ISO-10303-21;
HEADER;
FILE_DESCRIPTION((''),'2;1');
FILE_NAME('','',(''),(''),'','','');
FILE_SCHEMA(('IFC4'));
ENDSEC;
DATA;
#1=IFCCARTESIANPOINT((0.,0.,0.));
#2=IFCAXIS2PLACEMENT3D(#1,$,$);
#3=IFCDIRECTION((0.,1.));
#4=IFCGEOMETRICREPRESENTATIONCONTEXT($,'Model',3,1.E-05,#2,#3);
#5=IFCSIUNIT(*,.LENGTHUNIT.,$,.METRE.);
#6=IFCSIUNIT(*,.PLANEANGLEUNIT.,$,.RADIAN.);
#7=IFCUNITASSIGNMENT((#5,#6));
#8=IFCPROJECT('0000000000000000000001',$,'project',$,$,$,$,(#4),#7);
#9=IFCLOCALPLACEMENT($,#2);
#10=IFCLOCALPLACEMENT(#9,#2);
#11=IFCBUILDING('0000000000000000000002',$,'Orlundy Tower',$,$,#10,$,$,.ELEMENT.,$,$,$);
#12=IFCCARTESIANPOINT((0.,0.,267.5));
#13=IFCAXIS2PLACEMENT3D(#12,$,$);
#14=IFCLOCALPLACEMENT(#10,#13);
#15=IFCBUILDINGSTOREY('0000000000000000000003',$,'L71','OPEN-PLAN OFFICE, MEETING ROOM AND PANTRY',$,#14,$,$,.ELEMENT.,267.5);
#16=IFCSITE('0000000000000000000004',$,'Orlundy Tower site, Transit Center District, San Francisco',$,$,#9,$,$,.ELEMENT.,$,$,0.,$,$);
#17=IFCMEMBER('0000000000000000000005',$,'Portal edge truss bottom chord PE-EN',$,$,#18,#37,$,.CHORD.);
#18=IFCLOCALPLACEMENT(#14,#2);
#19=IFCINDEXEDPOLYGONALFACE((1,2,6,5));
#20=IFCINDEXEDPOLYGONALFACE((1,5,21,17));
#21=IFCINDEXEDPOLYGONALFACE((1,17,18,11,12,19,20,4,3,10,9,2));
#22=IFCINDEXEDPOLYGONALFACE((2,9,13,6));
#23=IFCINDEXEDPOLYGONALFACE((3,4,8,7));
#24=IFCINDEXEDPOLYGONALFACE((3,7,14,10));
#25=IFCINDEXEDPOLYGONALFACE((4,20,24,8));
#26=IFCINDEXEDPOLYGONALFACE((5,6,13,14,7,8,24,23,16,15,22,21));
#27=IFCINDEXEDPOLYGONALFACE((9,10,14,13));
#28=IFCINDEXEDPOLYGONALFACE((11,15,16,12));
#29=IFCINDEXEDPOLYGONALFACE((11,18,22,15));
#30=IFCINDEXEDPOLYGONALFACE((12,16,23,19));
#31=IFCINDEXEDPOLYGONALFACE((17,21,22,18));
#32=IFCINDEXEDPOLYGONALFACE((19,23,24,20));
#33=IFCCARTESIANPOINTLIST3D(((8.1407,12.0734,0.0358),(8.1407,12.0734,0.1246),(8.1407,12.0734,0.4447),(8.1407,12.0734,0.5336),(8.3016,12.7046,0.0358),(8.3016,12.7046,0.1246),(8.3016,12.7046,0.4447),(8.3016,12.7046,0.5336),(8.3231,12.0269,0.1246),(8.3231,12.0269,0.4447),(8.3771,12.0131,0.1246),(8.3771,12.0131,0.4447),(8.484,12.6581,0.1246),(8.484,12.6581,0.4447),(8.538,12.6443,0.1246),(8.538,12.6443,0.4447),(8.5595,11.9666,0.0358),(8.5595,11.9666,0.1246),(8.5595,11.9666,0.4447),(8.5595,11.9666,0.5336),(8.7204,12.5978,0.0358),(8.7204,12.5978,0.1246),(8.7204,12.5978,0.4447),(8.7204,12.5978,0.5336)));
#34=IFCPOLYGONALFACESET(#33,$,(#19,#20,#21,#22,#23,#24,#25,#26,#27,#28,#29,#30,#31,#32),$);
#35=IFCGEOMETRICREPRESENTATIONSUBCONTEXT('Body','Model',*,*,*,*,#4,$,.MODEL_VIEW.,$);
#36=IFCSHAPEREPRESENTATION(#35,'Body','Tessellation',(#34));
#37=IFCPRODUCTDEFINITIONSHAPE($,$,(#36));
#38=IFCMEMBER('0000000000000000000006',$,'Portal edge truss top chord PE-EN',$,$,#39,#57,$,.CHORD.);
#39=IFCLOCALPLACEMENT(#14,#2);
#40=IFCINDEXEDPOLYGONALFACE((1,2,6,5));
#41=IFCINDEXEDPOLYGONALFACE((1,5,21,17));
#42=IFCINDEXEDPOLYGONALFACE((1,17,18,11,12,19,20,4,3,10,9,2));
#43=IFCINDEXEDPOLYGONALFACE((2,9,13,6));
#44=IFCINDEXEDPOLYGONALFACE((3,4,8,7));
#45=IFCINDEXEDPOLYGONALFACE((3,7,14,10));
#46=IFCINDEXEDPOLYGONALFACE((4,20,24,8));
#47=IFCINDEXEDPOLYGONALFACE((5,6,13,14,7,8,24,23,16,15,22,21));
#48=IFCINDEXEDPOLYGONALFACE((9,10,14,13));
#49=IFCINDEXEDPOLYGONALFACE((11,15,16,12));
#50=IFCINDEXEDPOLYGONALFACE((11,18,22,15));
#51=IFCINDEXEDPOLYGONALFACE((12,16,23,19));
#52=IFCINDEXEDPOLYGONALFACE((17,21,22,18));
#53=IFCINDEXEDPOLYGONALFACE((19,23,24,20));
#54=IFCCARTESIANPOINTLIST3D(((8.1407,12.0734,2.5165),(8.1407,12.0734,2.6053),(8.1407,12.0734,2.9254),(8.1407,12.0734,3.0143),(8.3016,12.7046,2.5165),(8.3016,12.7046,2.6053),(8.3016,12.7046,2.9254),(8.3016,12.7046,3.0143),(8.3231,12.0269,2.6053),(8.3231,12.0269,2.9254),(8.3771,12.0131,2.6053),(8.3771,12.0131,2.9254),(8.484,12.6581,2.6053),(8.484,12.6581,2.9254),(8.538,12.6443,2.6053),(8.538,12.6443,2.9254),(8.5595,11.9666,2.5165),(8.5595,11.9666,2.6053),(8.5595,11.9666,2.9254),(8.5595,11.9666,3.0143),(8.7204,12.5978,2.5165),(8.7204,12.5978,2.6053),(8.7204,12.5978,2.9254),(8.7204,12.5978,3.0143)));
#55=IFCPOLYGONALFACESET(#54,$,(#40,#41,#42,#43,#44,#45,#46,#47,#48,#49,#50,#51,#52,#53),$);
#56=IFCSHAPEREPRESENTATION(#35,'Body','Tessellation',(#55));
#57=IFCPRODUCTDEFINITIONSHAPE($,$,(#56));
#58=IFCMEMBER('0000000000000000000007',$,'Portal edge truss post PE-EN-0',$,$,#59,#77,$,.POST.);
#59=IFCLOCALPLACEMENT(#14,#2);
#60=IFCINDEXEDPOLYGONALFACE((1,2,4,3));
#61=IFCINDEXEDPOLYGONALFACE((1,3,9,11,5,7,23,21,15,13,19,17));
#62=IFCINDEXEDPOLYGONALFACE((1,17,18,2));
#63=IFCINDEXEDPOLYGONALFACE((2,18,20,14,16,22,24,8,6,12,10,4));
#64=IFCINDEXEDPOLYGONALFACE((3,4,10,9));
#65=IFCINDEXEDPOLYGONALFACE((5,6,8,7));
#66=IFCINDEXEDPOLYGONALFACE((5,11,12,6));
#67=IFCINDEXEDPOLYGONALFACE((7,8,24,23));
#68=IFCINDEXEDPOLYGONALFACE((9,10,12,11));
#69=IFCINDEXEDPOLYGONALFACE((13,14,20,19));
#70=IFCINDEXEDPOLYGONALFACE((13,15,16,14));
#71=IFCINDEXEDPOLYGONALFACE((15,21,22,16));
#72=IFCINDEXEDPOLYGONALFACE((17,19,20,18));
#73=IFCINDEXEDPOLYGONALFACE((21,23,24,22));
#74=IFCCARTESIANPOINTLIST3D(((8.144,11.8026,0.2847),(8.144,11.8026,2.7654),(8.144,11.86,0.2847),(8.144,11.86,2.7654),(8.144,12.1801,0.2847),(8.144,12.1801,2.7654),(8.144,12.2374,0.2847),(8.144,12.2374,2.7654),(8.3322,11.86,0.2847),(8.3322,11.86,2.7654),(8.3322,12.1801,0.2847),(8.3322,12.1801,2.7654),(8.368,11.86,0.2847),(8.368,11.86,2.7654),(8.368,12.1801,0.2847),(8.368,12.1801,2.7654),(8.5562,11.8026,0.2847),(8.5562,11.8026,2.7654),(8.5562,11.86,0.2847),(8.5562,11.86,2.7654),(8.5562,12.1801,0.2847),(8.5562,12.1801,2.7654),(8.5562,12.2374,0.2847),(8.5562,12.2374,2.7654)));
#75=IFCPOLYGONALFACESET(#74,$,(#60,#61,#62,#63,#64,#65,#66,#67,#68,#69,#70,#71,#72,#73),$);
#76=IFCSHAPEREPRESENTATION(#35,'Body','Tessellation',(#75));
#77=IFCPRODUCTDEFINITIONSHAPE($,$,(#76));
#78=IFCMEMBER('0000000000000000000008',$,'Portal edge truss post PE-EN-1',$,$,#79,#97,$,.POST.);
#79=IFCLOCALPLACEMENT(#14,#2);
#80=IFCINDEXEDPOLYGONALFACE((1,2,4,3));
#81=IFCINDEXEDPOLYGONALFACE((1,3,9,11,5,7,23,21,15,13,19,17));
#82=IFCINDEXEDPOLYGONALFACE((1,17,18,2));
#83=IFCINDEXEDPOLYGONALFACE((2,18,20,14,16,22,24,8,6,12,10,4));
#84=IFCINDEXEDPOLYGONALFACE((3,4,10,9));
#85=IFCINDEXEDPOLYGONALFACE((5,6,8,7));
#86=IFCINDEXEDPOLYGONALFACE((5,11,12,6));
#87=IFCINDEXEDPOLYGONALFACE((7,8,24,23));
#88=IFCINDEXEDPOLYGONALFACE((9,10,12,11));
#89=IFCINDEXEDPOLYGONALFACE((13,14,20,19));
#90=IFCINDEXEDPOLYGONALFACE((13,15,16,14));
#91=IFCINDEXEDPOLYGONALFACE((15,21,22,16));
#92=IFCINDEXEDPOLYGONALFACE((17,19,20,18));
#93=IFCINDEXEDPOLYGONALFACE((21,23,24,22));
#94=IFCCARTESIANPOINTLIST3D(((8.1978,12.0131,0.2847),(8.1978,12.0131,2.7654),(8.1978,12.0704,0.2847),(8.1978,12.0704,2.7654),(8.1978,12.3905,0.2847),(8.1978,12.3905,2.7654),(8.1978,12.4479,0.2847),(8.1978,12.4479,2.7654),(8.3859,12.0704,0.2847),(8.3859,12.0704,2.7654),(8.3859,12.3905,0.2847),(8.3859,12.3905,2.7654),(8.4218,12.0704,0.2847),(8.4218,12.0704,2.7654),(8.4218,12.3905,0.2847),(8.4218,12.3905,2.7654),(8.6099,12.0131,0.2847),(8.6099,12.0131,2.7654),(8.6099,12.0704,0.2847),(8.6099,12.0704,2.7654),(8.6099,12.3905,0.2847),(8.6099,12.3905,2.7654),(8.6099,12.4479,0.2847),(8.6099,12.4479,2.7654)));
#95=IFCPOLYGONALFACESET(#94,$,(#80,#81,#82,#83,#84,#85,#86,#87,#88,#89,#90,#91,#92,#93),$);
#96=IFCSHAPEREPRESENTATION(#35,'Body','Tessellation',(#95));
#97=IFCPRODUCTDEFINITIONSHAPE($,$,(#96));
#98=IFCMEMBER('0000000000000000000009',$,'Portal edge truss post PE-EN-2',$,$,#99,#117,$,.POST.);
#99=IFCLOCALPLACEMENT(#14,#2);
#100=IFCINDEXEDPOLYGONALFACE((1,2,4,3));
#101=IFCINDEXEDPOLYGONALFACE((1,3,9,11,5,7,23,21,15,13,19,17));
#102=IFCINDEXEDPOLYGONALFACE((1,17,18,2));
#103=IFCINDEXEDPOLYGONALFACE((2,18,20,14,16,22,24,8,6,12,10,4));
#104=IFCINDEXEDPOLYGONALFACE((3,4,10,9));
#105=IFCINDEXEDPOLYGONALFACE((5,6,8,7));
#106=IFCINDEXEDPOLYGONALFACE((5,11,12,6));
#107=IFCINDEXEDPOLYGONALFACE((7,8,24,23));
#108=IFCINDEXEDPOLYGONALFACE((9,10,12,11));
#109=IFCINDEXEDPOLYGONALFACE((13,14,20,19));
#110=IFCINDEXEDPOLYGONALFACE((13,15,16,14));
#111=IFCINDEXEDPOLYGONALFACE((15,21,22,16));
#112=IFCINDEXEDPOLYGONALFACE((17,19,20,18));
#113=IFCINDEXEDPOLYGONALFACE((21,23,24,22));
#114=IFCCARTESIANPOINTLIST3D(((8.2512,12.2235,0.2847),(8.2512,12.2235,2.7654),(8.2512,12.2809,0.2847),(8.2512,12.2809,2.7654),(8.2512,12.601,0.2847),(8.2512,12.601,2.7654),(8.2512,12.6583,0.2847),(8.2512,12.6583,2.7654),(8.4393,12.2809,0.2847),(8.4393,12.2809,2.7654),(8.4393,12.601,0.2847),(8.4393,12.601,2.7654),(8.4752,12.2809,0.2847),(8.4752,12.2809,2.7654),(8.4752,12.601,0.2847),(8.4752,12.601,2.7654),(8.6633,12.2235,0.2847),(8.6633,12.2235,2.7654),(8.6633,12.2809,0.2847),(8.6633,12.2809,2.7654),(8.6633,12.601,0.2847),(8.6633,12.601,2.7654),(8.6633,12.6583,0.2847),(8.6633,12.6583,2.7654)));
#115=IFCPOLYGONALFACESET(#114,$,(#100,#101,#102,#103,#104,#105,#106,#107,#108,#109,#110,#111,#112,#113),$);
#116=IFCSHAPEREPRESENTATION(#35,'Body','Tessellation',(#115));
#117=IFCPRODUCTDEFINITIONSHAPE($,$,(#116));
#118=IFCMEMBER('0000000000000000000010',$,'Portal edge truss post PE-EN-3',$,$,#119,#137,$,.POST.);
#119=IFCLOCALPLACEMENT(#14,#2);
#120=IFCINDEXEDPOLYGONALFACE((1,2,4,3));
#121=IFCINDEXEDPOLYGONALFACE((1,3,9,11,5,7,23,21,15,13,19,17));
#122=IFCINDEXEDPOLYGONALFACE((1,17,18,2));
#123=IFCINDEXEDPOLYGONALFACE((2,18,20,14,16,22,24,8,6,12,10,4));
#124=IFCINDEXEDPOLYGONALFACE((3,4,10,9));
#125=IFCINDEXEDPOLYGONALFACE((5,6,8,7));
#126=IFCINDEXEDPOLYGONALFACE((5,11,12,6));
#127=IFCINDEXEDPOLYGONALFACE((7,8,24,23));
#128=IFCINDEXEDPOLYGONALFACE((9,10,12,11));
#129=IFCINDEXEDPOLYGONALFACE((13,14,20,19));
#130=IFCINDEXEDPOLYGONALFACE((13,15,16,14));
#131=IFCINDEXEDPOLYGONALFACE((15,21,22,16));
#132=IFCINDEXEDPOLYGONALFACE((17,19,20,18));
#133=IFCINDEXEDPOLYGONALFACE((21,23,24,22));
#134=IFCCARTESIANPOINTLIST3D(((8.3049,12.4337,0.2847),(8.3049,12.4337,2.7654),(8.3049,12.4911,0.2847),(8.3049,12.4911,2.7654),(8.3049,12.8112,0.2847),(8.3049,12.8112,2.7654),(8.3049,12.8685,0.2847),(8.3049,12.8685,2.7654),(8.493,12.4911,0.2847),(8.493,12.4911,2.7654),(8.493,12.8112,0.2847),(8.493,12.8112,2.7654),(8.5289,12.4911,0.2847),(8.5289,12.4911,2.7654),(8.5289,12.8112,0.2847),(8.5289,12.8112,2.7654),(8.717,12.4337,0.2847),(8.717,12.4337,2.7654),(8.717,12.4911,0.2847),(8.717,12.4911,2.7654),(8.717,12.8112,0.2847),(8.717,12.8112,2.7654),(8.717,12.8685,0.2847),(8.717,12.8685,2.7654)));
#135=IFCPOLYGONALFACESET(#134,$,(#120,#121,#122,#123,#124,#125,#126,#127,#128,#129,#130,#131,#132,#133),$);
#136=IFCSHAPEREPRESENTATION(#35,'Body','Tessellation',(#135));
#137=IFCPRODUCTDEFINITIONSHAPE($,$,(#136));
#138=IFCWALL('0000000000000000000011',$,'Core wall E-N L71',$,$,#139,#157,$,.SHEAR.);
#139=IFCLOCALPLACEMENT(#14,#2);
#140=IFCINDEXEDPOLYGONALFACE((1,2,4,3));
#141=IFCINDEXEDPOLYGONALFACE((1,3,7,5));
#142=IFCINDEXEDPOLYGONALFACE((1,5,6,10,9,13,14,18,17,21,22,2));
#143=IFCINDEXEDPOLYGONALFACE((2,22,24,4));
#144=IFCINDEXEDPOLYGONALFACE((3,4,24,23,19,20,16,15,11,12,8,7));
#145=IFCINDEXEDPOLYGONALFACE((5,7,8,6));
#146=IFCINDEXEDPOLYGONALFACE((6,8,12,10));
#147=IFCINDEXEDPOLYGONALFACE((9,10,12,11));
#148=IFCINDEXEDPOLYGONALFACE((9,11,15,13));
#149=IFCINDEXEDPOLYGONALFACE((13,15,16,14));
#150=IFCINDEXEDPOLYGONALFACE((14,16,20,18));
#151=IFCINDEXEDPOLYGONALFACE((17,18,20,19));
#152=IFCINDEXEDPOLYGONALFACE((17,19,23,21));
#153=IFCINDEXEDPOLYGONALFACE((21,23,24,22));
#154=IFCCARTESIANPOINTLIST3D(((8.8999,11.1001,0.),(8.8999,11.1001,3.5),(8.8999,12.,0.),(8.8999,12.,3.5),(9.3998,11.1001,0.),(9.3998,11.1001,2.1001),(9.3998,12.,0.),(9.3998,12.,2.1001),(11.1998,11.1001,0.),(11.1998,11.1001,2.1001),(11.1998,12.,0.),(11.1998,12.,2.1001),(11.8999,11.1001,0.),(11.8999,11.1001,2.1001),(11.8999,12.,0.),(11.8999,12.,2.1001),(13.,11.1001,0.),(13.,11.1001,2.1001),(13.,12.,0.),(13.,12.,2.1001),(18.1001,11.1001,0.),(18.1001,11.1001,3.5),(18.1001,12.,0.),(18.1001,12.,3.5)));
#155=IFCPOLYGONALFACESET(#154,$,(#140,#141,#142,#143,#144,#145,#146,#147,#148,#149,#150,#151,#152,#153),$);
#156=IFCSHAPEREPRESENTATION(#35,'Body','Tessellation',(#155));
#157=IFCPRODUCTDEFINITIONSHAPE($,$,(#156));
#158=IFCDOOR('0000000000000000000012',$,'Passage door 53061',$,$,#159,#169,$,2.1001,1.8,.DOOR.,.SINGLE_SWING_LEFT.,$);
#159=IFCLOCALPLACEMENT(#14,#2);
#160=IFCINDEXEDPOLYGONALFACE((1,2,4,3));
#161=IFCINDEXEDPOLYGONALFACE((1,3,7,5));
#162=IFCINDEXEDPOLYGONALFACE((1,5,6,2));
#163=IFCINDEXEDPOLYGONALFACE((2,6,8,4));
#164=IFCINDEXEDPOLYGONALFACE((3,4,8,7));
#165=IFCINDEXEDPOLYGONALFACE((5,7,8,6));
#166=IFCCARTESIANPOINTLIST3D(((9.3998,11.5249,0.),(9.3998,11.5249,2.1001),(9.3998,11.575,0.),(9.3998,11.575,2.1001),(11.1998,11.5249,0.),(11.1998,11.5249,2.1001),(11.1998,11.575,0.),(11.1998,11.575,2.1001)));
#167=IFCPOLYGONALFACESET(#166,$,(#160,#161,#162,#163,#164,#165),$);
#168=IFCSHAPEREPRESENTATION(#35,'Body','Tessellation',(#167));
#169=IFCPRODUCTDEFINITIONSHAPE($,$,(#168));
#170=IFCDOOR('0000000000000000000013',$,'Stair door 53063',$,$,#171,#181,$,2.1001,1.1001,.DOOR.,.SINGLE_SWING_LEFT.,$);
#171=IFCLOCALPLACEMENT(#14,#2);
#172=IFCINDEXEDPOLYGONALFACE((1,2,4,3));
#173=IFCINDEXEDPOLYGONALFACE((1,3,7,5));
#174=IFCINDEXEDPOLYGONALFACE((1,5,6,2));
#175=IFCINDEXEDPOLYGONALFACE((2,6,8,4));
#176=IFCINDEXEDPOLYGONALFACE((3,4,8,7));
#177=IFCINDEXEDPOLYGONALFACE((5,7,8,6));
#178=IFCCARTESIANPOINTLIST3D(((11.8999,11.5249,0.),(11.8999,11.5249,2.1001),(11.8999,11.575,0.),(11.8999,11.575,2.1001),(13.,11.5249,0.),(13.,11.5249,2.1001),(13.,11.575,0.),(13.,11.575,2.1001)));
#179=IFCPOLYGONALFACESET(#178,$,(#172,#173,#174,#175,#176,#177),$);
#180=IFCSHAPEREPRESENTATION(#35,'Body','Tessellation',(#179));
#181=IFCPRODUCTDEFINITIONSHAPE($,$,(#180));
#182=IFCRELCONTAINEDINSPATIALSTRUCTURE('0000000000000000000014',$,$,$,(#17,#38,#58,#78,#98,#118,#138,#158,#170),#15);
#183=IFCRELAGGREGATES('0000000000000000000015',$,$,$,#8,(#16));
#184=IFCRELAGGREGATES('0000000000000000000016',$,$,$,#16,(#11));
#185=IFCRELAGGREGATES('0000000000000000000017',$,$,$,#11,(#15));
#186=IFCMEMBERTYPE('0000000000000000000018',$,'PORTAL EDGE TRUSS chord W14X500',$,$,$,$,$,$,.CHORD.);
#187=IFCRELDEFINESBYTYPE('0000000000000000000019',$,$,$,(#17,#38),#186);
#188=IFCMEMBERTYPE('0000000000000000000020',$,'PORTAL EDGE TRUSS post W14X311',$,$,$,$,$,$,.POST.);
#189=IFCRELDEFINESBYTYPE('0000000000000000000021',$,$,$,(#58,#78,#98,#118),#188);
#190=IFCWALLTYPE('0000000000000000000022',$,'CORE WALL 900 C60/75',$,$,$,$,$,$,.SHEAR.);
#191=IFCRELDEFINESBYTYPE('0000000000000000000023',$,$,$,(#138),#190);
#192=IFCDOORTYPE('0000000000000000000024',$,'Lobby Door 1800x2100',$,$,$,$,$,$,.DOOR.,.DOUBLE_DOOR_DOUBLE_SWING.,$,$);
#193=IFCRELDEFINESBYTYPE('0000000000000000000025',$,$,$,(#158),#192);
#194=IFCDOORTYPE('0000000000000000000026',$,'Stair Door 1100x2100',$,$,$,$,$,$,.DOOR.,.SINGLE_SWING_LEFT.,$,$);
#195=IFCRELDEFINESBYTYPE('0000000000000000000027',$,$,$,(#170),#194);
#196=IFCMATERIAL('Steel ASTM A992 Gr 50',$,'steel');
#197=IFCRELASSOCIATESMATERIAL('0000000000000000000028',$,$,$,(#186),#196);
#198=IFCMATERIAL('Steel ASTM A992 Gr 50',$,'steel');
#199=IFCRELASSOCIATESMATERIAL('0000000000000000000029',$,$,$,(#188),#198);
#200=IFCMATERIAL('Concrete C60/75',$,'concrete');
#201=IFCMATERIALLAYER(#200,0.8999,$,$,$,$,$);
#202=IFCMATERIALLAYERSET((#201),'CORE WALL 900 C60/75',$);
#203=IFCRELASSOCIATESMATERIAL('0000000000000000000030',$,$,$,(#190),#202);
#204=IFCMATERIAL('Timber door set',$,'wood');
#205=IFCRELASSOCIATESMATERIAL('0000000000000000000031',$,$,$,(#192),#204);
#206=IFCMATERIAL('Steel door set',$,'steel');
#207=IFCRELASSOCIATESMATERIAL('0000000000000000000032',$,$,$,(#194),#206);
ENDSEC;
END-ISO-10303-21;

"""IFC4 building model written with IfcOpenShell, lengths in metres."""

from ifc_helpers import new_model, si_unit, direction, frame, frame_2d, origin, origin_2d, place, context, subcontext, project, spatial, rectangle, i_section, extrude, material, layer, layer_set, material_profile, profile_set, type_object, element, fill, save


model = new_model("IFC4")

# Units and contexts
model_context = context("Model", 3, precision=1e-05, world=origin(), true_north=direction((0.0, 1.0)))
body_context = subcontext(model_context, "Body", "Model", "MODEL_VIEW")
ifc_project = project(units=[si_unit("LENGTHUNIT", "METRE"), si_unit("PLANEANGLEUNIT", "RADIAN")], contexts=[model_context])

# Site, building, storey
site_placement = place(None, origin())
site = spatial("IfcSite", under=ifc_project, at=site_placement, Name="Orlundy Tower site, Transit Center District, San Francisco", CompositionType="ELEMENT", RefElevation=0.0)
building_placement = place(site_placement, origin())
building = spatial("IfcBuilding", under=site, at=building_placement, Name="Orlundy Tower", CompositionType="ELEMENT")
storey_placement = place(building_placement, frame((0.0, 0.0, 267.5)))
storey = spatial("IfcBuildingStorey", under=building, at=storey_placement, Name="L71", Description="OPEN-PLAN OFFICE, MEETING ROOM AND PANTRY", CompositionType="ELEMENT", Elevation=267.5)

# Members
ifc_material_1 = material(Name="Steel ASTM A992 Gr 50", Category="steel")
ifc_material_profile_1 = material_profile(ifc_material_1, i_section(OverallWidth=0.4321, OverallDepth=0.4978, WebThickness=0.0557, FlangeThickness=0.0889, at=origin_2d()), Name="W14X500")
ifc_profile_set_1 = profile_set([ifc_material_profile_1], Name="Steel ASTM A992 Gr 50")
member_type_1 = type_object("IfcMemberType", Name="PORTAL EDGE TRUSS chord W14X500", PredefinedType="CHORD", material=ifc_profile_set_1)
for number, where, z_axis, x_axis, name in (
    (1, (8.3501, 12.02, 0.2847), (0.247031, 0.969007, 0.0), (-0.969007, 0.247031, 0.0), "Portal edge truss bottom chord PE-EN"),
    (2, (8.3501, 12.02, 2.7654), (0.247031, 0.969007, 0.0), (-0.969007, 0.247031, 0.0), "Portal edge truss top chord PE-EN"),
):
    element("IfcMember", number, at=place(storey_placement, frame(where, z_axis=z_axis, x_axis=x_axis)), inside=storey, type_object=member_type_1, Name=name, PredefinedType="CHORD", context=body_context, shape_type="SweptSolid", body=[
        extrude(i_section(OverallWidth=0.4321, OverallDepth=0.4978, WebThickness=0.0557, FlangeThickness=0.0889, at=origin_2d()), origin(), (0.0, 0.0, 1.0), 0.6514),
    ])
ifc_material_2 = material(Name="Steel ASTM A992 Gr 50", Category="steel")
ifc_material_profile_2 = material_profile(ifc_material_2, i_section(OverallWidth=0.4121, OverallDepth=0.4348, WebThickness=0.0359, FlangeThickness=0.0574, at=origin_2d()), Name="W14X311")
ifc_profile_set_2 = profile_set([ifc_material_profile_2], Name="Steel ASTM A992 Gr 50")
member_type_2 = type_object("IfcMemberType", Name="PORTAL EDGE TRUSS post W14X311", PredefinedType="POST", material=ifc_profile_set_2)
for number, where, z_axis, x_axis, name in (
    (3, (8.3501, 12.02, 0.2847), (0.0, 0.0, 1.0), (1.0, 0.0, 0.0), "Portal edge truss post PE-EN-0"),
    (4, (8.4038, 12.2305, 0.2847), (0.0, 0.0, 1.0), (1.0, 0.0, 0.0), "Portal edge truss post PE-EN-1"),
    (5, (8.4573, 12.4409, 0.2847), (0.0, 0.0, 1.0), (1.0, 0.0, 0.0), "Portal edge truss post PE-EN-2"),
    (6, (8.511, 12.6511, 0.2847), (0.0, 0.0, 1.0), (1.0, 0.0, 0.0), "Portal edge truss post PE-EN-3"),
):
    element("IfcMember", number, at=place(storey_placement, frame(where, z_axis=z_axis, x_axis=x_axis)), inside=storey, type_object=member_type_2, Name=name, PredefinedType="POST", context=body_context, shape_type="SweptSolid", body=[
        extrude(i_section(OverallWidth=0.4121, OverallDepth=0.4348, WebThickness=0.0359, FlangeThickness=0.0574, at=origin_2d()), origin(), (0.0, 0.0, 1.0), 2.4807),
    ])

# Wall, openings, doors
ifc_material_3 = material(Name="Concrete C60/75", Category="concrete")
ifc_layer_1 = layer(ifc_material_3, 0.8999)
ifc_layer_set_1 = layer_set([ifc_layer_1], Name="CORE WALL 900 C60/75")
wall_type_1 = type_object("IfcWallType", Name="CORE WALL 900 C60/75", PredefinedType="SHEAR", material=ifc_layer_set_1)
wall_1_placement = place(storey_placement, frame((8.8999, 11.55, 0.0), z_axis=(0.0, 0.0, 1.0), x_axis=(1.0, 0.0, 0.0)))
wall_1 = element("IfcWall", 7, at=wall_1_placement, inside=storey, type_object=wall_type_1, Name="Core wall E-N L71", PredefinedType="SHEAR", context=body_context, shape_type="SweptSolid", body=[
    extrude(rectangle(XDim=9.2002, YDim=0.8999, at=frame_2d((4.6001, 0.0))), origin(), (0.0, 0.0, 1.0), 3.5),
])
opening_1_placement = place(wall_1_placement, frame((0.5, 0.0, 0.0)))
opening_1 = element("IfcOpeningElement", 8, at=opening_1_placement, cuts=wall_1, PredefinedType="OPENING", context=body_context, shape_type="SweptSolid", body=[
    extrude(rectangle(XDim=1.8, YDim=2.1001, at=frame_2d((0.8999, 1.05))), frame((0.0, 0.46, 0.0), z_axis=(0.0, -1.0, 0.0), x_axis=(1.0, 0.0, 0.0)), (0.0, 0.0, 1.0), 0.9199),
])
opening_2_placement = place(wall_1_placement, frame((3.0, 0.0, 0.0)))
opening_2 = element("IfcOpeningElement", 9, at=opening_2_placement, cuts=wall_1, PredefinedType="OPENING", context=body_context, shape_type="SweptSolid", body=[
    extrude(rectangle(XDim=1.1001, YDim=2.1001, at=frame_2d((0.55, 1.05))), frame((0.0, 0.46, 0.0), z_axis=(0.0, -1.0, 0.0), x_axis=(1.0, 0.0, 0.0)), (0.0, 0.0, 1.0), 0.9199),
])
ifc_material_4 = material(Name="Timber door set", Category="wood")
door_type_1 = type_object("IfcDoorType", Name="Lobby Door 1800x2100", OperationType="DOUBLE_DOOR_DOUBLE_SWING", PredefinedType="DOOR", material=ifc_material_4)
door_1_placement = place(opening_1_placement, origin())
door_1 = element("IfcDoor", 10, at=door_1_placement, inside=storey, type_object=door_type_1, Name="Passage door 53061", OperationType="SINGLE_SWING_LEFT", OverallHeight=2.1001, OverallWidth=1.8, PredefinedType="DOOR", context=body_context, shape_type="SweptSolid", body=[
    extrude(rectangle(XDim=1.8, YDim=2.1001, at=frame_2d((0.8999, 1.05))), frame((0.0, 0.0249, 0.0), z_axis=(0.0, -1.0, 0.0), x_axis=(1.0, 0.0, 0.0)), (0.0, 0.0, 1.0), 0.05),
])
fill(opening_1, door_1)
ifc_material_5 = material(Name="Steel door set", Category="steel")
door_type_2 = type_object("IfcDoorType", Name="Stair Door 1100x2100", OperationType="SINGLE_SWING_LEFT", PredefinedType="DOOR", material=ifc_material_5)
door_2_placement = place(opening_2_placement, origin())
door_2 = element("IfcDoor", 11, at=door_2_placement, inside=storey, type_object=door_type_2, Name="Stair door 53063", OperationType="SINGLE_SWING_LEFT", OverallHeight=2.1001, OverallWidth=1.1001, PredefinedType="DOOR", context=body_context, shape_type="SweptSolid", body=[
    extrude(rectangle(XDim=1.1001, YDim=2.1001, at=frame_2d((0.55, 1.05))), frame((0.0, 0.0249, 0.0), z_axis=(0.0, -1.0, 0.0), x_axis=(1.0, 0.0, 0.0)), (0.0, 0.0, 1.0), 0.05),
])
fill(opening_2, door_2)

save(model, "model.ifc")
